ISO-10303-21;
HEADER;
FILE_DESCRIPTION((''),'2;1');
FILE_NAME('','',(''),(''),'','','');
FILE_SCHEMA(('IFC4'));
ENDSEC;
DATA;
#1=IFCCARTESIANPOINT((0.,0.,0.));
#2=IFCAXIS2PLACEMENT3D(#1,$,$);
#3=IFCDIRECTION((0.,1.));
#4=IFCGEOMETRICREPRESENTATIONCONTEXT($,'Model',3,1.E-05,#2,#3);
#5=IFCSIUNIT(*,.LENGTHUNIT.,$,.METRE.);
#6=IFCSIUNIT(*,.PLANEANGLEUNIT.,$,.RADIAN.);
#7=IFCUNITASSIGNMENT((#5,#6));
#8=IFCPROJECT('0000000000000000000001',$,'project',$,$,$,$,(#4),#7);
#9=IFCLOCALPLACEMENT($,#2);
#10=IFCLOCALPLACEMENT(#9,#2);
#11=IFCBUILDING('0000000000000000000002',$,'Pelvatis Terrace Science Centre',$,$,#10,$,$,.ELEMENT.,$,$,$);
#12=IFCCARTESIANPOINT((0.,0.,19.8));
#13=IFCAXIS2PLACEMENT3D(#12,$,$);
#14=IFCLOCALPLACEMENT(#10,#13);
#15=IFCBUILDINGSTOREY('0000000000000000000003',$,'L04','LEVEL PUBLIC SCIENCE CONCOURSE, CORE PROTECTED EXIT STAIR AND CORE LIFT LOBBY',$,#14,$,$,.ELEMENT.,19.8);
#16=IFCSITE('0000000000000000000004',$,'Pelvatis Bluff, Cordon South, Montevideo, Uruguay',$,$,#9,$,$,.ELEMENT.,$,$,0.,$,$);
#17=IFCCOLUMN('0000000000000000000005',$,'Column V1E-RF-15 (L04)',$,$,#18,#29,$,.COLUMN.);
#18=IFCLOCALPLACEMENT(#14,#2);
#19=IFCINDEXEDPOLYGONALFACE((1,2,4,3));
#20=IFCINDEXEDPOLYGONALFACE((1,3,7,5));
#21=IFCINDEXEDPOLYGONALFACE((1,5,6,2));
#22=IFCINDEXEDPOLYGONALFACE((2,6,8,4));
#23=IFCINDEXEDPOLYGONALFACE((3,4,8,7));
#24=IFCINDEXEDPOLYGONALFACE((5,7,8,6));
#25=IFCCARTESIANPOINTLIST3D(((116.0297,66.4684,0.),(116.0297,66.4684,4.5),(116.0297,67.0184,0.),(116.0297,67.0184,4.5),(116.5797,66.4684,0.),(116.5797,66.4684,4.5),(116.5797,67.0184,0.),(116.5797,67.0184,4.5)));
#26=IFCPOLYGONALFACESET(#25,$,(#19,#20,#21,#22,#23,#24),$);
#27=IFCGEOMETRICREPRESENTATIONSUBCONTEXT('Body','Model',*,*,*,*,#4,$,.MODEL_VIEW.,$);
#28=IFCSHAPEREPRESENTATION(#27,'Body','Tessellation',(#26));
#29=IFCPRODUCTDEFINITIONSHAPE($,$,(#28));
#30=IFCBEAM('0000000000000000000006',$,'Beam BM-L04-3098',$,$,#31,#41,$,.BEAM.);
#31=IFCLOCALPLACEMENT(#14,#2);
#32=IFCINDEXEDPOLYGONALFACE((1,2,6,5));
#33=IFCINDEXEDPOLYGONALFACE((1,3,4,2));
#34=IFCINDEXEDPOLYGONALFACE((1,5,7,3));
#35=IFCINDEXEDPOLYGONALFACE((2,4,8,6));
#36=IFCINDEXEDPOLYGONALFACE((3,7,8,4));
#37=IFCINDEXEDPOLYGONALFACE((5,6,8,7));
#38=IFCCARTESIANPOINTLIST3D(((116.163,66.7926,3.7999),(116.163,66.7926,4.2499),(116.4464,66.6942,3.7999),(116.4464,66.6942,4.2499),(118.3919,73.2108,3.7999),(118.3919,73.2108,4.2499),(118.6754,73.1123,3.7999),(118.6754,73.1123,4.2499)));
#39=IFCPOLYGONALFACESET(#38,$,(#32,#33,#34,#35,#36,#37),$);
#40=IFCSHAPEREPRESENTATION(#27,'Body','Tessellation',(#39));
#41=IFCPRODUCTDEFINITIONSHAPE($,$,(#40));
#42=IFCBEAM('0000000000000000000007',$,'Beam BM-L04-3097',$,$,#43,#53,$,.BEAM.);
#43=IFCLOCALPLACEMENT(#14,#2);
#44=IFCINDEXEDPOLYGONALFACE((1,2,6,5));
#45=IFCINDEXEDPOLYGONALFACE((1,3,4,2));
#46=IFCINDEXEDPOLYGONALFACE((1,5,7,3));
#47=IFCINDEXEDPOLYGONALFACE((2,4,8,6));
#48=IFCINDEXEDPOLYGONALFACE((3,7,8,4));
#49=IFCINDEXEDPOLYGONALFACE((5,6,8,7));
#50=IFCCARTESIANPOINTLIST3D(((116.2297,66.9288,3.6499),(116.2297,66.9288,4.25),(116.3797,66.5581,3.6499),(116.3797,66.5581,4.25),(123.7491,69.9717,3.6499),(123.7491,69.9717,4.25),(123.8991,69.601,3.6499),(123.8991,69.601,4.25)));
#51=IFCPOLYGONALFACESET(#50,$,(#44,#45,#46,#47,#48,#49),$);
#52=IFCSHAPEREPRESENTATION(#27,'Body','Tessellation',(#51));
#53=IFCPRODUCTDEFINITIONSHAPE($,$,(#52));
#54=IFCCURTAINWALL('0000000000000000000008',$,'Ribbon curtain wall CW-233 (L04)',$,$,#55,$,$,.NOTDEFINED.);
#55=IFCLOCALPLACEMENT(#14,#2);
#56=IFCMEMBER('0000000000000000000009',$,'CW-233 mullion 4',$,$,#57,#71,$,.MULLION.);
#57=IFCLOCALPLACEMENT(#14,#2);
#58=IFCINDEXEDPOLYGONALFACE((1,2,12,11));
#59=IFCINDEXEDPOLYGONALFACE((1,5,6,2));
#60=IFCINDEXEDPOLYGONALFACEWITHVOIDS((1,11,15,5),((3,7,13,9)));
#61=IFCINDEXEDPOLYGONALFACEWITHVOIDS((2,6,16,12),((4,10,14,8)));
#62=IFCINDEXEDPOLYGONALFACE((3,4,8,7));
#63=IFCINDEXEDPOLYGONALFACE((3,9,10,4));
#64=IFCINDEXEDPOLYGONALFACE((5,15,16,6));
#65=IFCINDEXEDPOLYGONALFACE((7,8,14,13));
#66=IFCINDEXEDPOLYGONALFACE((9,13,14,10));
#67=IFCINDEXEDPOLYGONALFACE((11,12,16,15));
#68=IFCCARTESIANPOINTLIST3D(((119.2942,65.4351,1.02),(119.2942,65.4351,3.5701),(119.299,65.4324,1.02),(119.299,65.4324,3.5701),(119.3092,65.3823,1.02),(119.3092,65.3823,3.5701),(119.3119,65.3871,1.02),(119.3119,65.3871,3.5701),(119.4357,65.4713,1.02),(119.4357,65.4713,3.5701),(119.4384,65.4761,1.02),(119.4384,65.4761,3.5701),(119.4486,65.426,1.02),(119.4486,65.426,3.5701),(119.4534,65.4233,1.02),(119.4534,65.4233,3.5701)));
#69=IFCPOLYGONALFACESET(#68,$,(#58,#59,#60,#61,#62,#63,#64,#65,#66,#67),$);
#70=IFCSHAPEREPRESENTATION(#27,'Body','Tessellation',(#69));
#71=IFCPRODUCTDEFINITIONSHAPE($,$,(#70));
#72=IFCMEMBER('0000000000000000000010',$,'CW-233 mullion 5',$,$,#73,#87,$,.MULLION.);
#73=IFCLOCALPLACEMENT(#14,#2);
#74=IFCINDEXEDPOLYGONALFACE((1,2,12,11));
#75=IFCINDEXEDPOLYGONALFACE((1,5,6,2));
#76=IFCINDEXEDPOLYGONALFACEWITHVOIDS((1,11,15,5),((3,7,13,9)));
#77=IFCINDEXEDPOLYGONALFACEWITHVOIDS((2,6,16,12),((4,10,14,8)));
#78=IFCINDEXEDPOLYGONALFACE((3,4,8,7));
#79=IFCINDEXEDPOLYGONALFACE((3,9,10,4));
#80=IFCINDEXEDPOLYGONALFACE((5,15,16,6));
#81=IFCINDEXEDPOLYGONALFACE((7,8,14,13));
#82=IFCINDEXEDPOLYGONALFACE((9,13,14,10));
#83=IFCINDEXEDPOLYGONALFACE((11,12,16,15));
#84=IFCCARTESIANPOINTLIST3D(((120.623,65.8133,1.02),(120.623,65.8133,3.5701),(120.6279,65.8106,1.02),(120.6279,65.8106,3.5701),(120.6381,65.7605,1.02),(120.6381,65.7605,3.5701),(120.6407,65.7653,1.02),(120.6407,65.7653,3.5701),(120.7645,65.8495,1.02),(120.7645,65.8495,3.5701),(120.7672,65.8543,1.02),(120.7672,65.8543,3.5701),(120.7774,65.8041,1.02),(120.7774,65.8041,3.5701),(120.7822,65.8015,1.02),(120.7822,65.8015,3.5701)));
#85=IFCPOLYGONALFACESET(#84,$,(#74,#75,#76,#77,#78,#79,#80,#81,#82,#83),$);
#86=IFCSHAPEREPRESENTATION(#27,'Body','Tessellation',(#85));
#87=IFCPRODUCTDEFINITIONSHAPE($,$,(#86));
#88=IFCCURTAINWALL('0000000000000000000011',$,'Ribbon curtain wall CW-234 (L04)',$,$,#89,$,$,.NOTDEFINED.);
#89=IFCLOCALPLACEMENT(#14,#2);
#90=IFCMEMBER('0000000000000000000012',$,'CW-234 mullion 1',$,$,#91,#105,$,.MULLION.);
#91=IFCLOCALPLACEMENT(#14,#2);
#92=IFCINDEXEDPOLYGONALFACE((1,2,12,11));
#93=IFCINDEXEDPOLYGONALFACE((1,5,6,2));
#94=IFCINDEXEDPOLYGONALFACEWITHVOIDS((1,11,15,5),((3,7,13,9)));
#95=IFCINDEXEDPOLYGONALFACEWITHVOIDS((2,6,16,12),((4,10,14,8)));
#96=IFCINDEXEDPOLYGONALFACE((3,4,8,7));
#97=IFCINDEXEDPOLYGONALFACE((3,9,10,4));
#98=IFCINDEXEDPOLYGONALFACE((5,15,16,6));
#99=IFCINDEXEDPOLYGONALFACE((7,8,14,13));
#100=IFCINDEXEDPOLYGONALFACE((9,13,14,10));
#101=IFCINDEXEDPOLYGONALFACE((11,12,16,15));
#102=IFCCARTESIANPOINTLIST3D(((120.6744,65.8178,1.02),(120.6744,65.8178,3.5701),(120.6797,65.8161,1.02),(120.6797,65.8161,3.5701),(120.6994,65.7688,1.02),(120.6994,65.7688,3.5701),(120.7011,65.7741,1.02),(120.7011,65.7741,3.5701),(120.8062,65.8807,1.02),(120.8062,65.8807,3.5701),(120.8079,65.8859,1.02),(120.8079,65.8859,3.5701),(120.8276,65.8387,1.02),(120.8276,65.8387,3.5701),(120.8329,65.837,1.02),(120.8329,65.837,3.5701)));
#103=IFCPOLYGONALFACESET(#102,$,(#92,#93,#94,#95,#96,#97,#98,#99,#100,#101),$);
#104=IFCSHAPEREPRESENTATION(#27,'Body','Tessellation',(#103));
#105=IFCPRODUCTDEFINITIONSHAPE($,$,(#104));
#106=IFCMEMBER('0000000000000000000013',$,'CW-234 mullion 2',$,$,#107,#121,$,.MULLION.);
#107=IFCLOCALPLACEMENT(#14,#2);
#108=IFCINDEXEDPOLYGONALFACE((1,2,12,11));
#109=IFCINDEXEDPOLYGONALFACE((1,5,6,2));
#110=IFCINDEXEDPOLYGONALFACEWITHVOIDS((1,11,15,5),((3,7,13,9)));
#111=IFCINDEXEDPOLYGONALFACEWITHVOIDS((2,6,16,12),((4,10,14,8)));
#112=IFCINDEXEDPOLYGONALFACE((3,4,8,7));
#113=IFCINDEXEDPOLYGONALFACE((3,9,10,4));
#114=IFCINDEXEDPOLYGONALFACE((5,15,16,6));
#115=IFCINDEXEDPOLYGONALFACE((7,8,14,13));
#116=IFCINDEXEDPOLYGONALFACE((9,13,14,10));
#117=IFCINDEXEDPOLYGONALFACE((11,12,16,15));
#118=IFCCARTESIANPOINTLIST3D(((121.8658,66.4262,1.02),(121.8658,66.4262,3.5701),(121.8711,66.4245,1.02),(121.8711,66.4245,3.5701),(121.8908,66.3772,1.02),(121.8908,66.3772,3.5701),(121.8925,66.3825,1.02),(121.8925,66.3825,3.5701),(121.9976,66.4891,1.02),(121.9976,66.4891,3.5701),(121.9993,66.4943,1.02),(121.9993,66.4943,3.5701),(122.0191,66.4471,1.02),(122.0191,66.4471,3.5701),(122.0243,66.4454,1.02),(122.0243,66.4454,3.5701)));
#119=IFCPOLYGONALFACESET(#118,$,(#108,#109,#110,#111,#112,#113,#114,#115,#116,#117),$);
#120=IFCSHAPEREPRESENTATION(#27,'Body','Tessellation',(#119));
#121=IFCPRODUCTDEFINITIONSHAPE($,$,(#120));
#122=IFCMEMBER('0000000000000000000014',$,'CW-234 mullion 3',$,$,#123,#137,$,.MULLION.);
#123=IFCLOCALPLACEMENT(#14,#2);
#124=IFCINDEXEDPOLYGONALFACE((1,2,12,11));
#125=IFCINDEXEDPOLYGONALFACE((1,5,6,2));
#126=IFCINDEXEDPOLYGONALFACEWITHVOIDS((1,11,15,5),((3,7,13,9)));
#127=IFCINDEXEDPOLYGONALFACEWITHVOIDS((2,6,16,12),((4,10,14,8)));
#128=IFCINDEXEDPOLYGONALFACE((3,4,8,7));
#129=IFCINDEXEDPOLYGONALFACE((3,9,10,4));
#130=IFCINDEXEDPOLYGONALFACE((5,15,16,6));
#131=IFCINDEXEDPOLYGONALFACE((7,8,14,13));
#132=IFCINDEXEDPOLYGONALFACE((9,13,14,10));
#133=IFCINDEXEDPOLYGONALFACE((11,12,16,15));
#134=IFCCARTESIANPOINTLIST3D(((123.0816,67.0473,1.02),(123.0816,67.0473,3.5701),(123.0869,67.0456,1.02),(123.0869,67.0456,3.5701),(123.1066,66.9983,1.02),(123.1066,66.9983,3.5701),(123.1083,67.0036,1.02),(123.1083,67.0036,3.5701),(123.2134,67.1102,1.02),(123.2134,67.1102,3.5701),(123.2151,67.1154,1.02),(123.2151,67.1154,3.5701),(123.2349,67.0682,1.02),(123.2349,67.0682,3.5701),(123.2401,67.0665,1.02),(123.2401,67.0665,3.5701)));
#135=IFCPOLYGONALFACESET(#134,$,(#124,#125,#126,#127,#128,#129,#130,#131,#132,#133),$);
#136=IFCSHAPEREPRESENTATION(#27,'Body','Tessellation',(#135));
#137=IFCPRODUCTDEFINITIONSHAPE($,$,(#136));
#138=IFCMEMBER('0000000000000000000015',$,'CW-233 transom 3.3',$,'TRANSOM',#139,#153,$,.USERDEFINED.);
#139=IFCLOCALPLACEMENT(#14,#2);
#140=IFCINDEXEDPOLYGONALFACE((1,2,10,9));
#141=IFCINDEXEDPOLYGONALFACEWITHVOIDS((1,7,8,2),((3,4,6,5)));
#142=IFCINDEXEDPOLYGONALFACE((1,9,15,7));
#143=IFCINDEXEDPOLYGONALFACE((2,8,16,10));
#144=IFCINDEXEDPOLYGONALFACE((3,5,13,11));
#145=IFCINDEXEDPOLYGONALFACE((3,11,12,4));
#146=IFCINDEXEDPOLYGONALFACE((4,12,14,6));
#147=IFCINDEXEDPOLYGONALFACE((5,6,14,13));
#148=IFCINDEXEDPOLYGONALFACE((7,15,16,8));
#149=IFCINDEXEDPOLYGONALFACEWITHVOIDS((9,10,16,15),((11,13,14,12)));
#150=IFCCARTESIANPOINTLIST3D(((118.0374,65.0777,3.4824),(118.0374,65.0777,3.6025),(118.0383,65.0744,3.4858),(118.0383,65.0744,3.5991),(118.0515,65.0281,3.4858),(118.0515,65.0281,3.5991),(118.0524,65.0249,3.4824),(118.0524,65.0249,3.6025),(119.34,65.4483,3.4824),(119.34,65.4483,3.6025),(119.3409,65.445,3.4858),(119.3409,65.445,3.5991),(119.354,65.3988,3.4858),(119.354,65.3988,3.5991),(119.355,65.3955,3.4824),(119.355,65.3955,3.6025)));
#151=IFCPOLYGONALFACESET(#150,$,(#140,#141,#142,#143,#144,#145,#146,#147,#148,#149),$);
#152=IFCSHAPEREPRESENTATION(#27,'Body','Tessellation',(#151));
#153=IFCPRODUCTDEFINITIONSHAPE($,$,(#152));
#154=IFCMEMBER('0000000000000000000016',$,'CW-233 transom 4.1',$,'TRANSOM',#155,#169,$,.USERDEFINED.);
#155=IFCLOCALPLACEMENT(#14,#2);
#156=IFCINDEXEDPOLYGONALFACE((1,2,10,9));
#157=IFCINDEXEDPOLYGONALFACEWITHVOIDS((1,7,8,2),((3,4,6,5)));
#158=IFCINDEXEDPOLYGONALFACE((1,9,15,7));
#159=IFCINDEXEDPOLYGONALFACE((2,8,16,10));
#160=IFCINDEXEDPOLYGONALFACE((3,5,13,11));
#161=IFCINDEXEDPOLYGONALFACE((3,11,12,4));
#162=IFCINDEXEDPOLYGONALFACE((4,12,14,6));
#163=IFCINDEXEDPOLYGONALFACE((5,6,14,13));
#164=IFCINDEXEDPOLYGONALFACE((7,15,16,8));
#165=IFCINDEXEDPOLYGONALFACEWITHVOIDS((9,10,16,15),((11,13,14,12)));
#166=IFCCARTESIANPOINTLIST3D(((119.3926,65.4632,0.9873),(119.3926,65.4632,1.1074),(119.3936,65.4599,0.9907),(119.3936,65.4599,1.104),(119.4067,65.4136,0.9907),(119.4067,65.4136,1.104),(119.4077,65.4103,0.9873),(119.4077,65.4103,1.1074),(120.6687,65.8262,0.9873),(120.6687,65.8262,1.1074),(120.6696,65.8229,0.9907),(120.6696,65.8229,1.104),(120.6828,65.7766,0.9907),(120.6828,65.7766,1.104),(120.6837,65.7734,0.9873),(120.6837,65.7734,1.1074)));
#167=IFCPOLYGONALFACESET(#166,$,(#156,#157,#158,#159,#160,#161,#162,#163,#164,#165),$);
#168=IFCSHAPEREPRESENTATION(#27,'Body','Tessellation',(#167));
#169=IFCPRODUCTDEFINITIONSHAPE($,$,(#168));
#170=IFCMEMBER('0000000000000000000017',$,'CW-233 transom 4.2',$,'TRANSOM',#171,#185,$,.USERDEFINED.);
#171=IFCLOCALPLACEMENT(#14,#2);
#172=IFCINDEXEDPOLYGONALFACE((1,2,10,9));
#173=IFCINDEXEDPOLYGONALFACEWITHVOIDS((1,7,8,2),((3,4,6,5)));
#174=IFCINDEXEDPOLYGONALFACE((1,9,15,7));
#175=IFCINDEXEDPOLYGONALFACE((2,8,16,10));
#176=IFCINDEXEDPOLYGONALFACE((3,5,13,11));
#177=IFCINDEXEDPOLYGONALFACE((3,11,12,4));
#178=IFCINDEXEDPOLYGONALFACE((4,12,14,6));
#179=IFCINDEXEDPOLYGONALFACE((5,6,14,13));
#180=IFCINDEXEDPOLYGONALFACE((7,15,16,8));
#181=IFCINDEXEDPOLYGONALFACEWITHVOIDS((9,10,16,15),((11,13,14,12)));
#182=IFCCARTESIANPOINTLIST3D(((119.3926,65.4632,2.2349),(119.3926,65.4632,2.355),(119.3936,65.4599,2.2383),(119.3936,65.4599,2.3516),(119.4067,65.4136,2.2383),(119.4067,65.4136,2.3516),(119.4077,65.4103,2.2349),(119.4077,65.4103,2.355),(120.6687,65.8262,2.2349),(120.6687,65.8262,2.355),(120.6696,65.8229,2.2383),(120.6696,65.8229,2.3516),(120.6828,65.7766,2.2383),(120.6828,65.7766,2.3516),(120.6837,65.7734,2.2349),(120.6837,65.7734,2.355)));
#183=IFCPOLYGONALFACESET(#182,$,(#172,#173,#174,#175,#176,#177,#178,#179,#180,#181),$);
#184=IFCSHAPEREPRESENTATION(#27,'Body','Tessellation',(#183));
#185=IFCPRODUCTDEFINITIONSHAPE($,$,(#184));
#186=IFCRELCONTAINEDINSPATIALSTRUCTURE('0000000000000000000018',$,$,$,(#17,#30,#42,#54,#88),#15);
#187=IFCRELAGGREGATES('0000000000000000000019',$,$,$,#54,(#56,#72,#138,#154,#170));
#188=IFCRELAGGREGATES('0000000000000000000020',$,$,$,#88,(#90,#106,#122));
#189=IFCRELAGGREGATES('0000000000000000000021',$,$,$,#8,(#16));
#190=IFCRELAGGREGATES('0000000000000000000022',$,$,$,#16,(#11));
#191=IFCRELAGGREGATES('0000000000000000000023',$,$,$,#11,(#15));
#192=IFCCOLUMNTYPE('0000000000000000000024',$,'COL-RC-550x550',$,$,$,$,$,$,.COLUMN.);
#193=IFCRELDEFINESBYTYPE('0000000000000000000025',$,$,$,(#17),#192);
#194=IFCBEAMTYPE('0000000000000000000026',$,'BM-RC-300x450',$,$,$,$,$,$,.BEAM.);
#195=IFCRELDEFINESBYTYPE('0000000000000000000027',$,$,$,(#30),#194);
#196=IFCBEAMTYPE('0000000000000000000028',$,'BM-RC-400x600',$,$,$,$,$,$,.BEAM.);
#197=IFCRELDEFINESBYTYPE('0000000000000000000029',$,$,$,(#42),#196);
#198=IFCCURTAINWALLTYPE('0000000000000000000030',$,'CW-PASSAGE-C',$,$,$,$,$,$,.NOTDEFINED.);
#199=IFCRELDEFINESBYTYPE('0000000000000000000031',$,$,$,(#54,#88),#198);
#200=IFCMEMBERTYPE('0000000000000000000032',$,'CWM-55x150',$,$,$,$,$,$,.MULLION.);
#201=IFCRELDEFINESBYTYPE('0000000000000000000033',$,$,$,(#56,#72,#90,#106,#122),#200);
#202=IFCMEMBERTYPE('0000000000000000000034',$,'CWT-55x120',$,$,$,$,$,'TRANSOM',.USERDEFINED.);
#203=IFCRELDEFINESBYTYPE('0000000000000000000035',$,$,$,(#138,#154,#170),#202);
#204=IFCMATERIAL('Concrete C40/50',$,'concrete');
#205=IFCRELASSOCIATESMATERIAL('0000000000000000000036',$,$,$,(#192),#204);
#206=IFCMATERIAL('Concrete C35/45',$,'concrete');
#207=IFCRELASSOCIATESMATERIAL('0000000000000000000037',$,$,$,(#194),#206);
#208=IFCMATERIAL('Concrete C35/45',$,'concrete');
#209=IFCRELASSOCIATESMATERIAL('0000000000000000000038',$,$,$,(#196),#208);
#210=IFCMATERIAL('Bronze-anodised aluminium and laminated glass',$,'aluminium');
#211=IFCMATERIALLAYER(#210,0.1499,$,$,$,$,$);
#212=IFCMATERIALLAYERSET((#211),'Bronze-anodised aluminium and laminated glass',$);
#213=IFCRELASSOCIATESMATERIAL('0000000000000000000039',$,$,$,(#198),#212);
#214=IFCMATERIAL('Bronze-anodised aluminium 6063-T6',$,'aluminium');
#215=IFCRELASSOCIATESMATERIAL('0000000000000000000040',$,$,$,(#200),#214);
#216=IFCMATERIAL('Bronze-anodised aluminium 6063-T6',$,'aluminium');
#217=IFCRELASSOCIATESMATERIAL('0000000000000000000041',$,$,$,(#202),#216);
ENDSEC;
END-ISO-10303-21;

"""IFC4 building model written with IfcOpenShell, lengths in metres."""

from ifc_helpers import new_model, si_unit, direction, frame, origin, origin_2d, place, context, subcontext, project, spatial, rectangle, hollow_rectangle, extrude, material, layer, layer_set, material_profile, profile_set, type_object, element, aggregate, save


model = new_model("IFC4")

# Units and contexts
model_context = context("Model", 3, precision=1e-05, world=origin(), true_north=direction((0.0, 1.0)))
body_context = subcontext(model_context, "Body", "Model", "MODEL_VIEW")
ifc_project = project(units=[si_unit("LENGTHUNIT", "METRE"), si_unit("PLANEANGLEUNIT", "RADIAN")], contexts=[model_context])

# Site, building, storey
site_placement = place(None, origin())
site = spatial("IfcSite", under=ifc_project, at=site_placement, Name="Pelvatis Bluff, Cordon South, Montevideo, Uruguay", CompositionType="ELEMENT", RefElevation=0.0)
building_placement = place(site_placement, origin())
building = spatial("IfcBuilding", under=site, at=building_placement, Name="Pelvatis Terrace Science Centre", CompositionType="ELEMENT")
storey_placement = place(building_placement, frame((0.0, 0.0, 19.8)))
storey = spatial("IfcBuildingStorey", under=building, at=storey_placement, Name="L04", Description="LEVEL PUBLIC SCIENCE CONCOURSE, CORE PROTECTED EXIT STAIR AND CORE LIFT LOBBY", CompositionType="ELEMENT", Elevation=19.8)

# Column
ifc_material_1 = material(Name="Concrete C40/50", Category="concrete")
ifc_material_profile_1 = material_profile(ifc_material_1, rectangle(XDim=0.55, YDim=0.55, at=origin_2d()), Name="RC-COL 550x550")
ifc_profile_set_1 = profile_set([ifc_material_profile_1], Name="Concrete C40/50")
column_type = type_object("IfcColumnType", Name="COL-RC-550x550", PredefinedType="COLUMN", material=ifc_profile_set_1)
column_placement = place(storey_placement, frame((116.3047, 66.7434, 0.0), z_axis=(0.0, 0.0, 1.0), x_axis=(1.0, 0.0, 0.0)))
element("IfcColumn", 1, at=column_placement, inside=storey, type_object=column_type, Name="Column V1E-RF-15 (L04)", PredefinedType="COLUMN", context=body_context, shape_type="SweptSolid", body=[
    extrude(rectangle(XDim=0.55, YDim=0.55, at=origin_2d()), origin(), (0.0, 0.0, 1.0), 4.5),
])

# Beams
ifc_material_2 = material(Name="Concrete C35/45", Category="concrete")
ifc_material_profile_2 = material_profile(ifc_material_2, rectangle(XDim=0.3, YDim=0.45, at=origin_2d()), Name="RC-BM 300x450")
ifc_profile_set_2 = profile_set([ifc_material_profile_2], Name="Concrete C35/45")
beam_type_1 = type_object("IfcBeamType", Name="BM-RC-300x450", PredefinedType="BEAM", material=ifc_profile_set_2)
beam_1_placement = place(storey_placement, frame((116.3047, 66.7434, 4.0249), z_axis=(0.328072, 0.944653, 0.0), x_axis=(-0.944653, 0.328072, 0.0)))
element("IfcBeam", 2, at=beam_1_placement, inside=storey, type_object=beam_type_1, Name="Beam BM-L04-3098", PredefinedType="BEAM", context=body_context, shape_type="SweptSolid", body=[
    extrude(rectangle(XDim=0.3, YDim=0.45, at=origin_2d()), origin(), (0.0, 0.0, 1.0), 6.7942),
])
ifc_material_3 = material(Name="Concrete C35/45", Category="concrete")
ifc_material_profile_3 = material_profile(ifc_material_3, rectangle(XDim=0.3999, YDim=0.6001, at=origin_2d()), Name="RC-BM 400x600")
ifc_profile_set_3 = profile_set([ifc_material_profile_3], Name="Concrete C35/45")
beam_type_2 = type_object("IfcBeamType", Name="BM-RC-400x600", PredefinedType="BEAM", material=ifc_profile_set_3)
beam_2_placement = place(storey_placement, frame((116.3047, 66.7434, 3.95), z_axis=(0.926975, 0.375124, 0.0), x_axis=(-0.375124, 0.926975, 0.0)))
element("IfcBeam", 3, at=beam_2_placement, inside=storey, type_object=beam_type_2, Name="Beam BM-L04-3097", PredefinedType="BEAM", context=body_context, shape_type="SweptSolid", body=[
    extrude(rectangle(XDim=0.3999, YDim=0.6001, at=origin_2d()), origin(), (0.0, 0.0, 1.0), 8.1118),
])

# Curtain walls, members
ifc_material_4 = material(Name="Bronze-anodised aluminium and laminated glass", Category="aluminium")
ifc_layer_1 = layer(ifc_material_4, 0.1499)
ifc_layer_set_1 = layer_set([ifc_layer_1], Name="Bronze-anodised aluminium and laminated glass")
curtain_wall_type = type_object("IfcCurtainWallType", Name="CW-PASSAGE-C", PredefinedType="NOTDEFINED", material=ifc_layer_set_1)
curtain_wall_1_placement = place(storey_placement, origin())
curtain_wall_1 = element("IfcCurtainWall", 4, at=curtain_wall_1_placement, inside=storey, type_object=curtain_wall_type, Name="Ribbon curtain wall CW-233 (L04)", PredefinedType="NOTDEFINED")
ifc_material_5 = material(Name="Bronze-anodised aluminium 6063-T6", Category="aluminium")
ifc_material_profile_4 = material_profile(ifc_material_5, hollow_rectangle(XDim=0.0549, YDim=0.1499, WallThickness=0.0039, at=origin_2d()), Name="ALU-MUL 55x150")
ifc_profile_set_4 = profile_set([ifc_material_profile_4], Name="Bronze-anodised aluminium 6063-T6")
member_type_1 = type_object("IfcMemberType", Name="CWM-55x150", PredefinedType="MULLION", material=ifc_profile_set_4)
member_1_placement = place(storey_placement, frame((119.3738, 65.4292, 1.02), z_axis=(0.0, 0.0, 1.0), x_axis=(-0.273577, 0.96185, 0.0)))
member_1 = element("IfcMember", 5, at=member_1_placement, type_object=member_type_1, Name="CW-233 mullion 4", PredefinedType="MULLION", context=body_context, shape_type="SweptSolid", body=[
    extrude(hollow_rectangle(XDim=0.0549, YDim=0.1499, WallThickness=0.0039, at=origin_2d()), origin(), (0.0, 0.0, 1.0), 2.55),
])
member_2_placement = place(storey_placement, frame((120.7026, 65.8074, 1.02), z_axis=(0.0, 0.0, 1.0), x_axis=(-0.273577, 0.96185, 0.0)))
member_2 = element("IfcMember", 6, at=member_2_placement, type_object=member_type_1, Name="CW-233 mullion 5", PredefinedType="MULLION", context=body_context, shape_type="SweptSolid", body=[
    extrude(hollow_rectangle(XDim=0.0549, YDim=0.1499, WallThickness=0.0039, at=origin_2d()), origin(), (0.0, 0.0, 1.0), 2.55),
])
curtain_wall_2_placement = place(storey_placement, origin())
curtain_wall_2 = element("IfcCurtainWall", 7, at=curtain_wall_2_placement, inside=storey, type_object=curtain_wall_type, Name="Ribbon curtain wall CW-234 (L04)", PredefinedType="NOTDEFINED")
member_3_placement = place(storey_placement, frame((120.7537, 65.8274, 1.02), z_axis=(0.0, 0.0, 1.0), x_axis=(-0.454859, 0.890564, 0.0)))
member_3 = element("IfcMember", 8, at=member_3_placement, type_object=member_type_1, Name="CW-234 mullion 1", PredefinedType="MULLION", context=body_context, shape_type="SweptSolid", body=[
    extrude(hollow_rectangle(XDim=0.0549, YDim=0.1499, WallThickness=0.0039, at=origin_2d()), origin(), (0.0, 0.0, 1.0), 2.55),
])
member_4_placement = place(storey_placement, frame((121.9451, 66.4358, 1.02), z_axis=(0.0, 0.0, 1.0), x_axis=(-0.454859, 0.890564, 0.0)))
member_4 = element("IfcMember", 9, at=member_4_placement, type_object=member_type_1, Name="CW-234 mullion 2", PredefinedType="MULLION", context=body_context, shape_type="SweptSolid", body=[
    extrude(hollow_rectangle(XDim=0.0549, YDim=0.1499, WallThickness=0.0039, at=origin_2d()), origin(), (0.0, 0.0, 1.0), 2.55),
])
member_5_placement = place(storey_placement, frame((123.1609, 67.0569, 1.02), z_axis=(0.0, 0.0, 1.0), x_axis=(-0.454859, 0.890564, 0.0)))
member_5 = element("IfcMember", 10, at=member_5_placement, type_object=member_type_1, Name="CW-234 mullion 3", PredefinedType="MULLION", context=body_context, shape_type="SweptSolid", body=[
    extrude(hollow_rectangle(XDim=0.0549, YDim=0.1499, WallThickness=0.0039, at=origin_2d()), origin(), (0.0, 0.0, 1.0), 2.55),
])

# Members
ifc_material_6 = material(Name="Bronze-anodised aluminium 6063-T6", Category="aluminium")
ifc_material_profile_5 = material_profile(ifc_material_6, hollow_rectangle(XDim=0.0549, YDim=0.1201, WallThickness=0.0034, at=origin_2d()), Name="ALU-TRN 55x120")
ifc_profile_set_5 = profile_set([ifc_material_profile_5], Name="Bronze-anodised aluminium 6063-T6")
member_type_2 = type_object("IfcMemberType", Name="CWT-55x120", ElementType="TRANSOM", PredefinedType="USERDEFINED", material=ifc_profile_set_5)
member_6_placement = place(storey_placement, frame((118.0449, 65.0513, 3.5425), z_axis=(0.961823, 0.273673, 0.0), x_axis=(-0.273673, 0.961823, 0.0)))
member_6 = element("IfcMember", 11, at=member_6_placement, type_object=member_type_2, Name="CW-233 transom 3.3", ObjectType="TRANSOM", PredefinedType="USERDEFINED", context=body_context, shape_type="SweptSolid", body=[
    extrude(hollow_rectangle(XDim=0.0549, YDim=0.1201, WallThickness=0.0034, at=origin_2d()), origin(), (0.0, 0.0, 1.0), 1.3542),
])
member_7_placement = place(storey_placement, frame((119.4001, 65.4368, 1.0474), z_axis=(0.961836, 0.273627, 0.0), x_axis=(-0.273627, 0.961836, 0.0)))
member_7 = element("IfcMember", 12, at=member_7_placement, type_object=member_type_2, Name="CW-233 transom 4.1", ObjectType="TRANSOM", PredefinedType="USERDEFINED", context=body_context, shape_type="SweptSolid", body=[
    extrude(hollow_rectangle(XDim=0.0549, YDim=0.1201, WallThickness=0.0034, at=origin_2d()), origin(), (0.0, 0.0, 1.0), 1.3267),
])
member_8_placement = place(storey_placement, frame((119.4001, 65.4368, 2.2949), z_axis=(0.961836, 0.273627, 0.0), x_axis=(-0.273627, 0.961836, 0.0)))
member_8 = element("IfcMember", 13, at=member_8_placement, type_object=member_type_2, Name="CW-233 transom 4.2", ObjectType="TRANSOM", PredefinedType="USERDEFINED", context=body_context, shape_type="SweptSolid", body=[
    extrude(hollow_rectangle(XDim=0.0549, YDim=0.1201, WallThickness=0.0034, at=origin_2d()), origin(), (0.0, 0.0, 1.0), 1.3267),
])

aggregate(curtain_wall_1, [member_1, member_2, member_6, member_7, member_8])
aggregate(curtain_wall_2, [member_3, member_4, member_5])

save(model, "model.ifc")
